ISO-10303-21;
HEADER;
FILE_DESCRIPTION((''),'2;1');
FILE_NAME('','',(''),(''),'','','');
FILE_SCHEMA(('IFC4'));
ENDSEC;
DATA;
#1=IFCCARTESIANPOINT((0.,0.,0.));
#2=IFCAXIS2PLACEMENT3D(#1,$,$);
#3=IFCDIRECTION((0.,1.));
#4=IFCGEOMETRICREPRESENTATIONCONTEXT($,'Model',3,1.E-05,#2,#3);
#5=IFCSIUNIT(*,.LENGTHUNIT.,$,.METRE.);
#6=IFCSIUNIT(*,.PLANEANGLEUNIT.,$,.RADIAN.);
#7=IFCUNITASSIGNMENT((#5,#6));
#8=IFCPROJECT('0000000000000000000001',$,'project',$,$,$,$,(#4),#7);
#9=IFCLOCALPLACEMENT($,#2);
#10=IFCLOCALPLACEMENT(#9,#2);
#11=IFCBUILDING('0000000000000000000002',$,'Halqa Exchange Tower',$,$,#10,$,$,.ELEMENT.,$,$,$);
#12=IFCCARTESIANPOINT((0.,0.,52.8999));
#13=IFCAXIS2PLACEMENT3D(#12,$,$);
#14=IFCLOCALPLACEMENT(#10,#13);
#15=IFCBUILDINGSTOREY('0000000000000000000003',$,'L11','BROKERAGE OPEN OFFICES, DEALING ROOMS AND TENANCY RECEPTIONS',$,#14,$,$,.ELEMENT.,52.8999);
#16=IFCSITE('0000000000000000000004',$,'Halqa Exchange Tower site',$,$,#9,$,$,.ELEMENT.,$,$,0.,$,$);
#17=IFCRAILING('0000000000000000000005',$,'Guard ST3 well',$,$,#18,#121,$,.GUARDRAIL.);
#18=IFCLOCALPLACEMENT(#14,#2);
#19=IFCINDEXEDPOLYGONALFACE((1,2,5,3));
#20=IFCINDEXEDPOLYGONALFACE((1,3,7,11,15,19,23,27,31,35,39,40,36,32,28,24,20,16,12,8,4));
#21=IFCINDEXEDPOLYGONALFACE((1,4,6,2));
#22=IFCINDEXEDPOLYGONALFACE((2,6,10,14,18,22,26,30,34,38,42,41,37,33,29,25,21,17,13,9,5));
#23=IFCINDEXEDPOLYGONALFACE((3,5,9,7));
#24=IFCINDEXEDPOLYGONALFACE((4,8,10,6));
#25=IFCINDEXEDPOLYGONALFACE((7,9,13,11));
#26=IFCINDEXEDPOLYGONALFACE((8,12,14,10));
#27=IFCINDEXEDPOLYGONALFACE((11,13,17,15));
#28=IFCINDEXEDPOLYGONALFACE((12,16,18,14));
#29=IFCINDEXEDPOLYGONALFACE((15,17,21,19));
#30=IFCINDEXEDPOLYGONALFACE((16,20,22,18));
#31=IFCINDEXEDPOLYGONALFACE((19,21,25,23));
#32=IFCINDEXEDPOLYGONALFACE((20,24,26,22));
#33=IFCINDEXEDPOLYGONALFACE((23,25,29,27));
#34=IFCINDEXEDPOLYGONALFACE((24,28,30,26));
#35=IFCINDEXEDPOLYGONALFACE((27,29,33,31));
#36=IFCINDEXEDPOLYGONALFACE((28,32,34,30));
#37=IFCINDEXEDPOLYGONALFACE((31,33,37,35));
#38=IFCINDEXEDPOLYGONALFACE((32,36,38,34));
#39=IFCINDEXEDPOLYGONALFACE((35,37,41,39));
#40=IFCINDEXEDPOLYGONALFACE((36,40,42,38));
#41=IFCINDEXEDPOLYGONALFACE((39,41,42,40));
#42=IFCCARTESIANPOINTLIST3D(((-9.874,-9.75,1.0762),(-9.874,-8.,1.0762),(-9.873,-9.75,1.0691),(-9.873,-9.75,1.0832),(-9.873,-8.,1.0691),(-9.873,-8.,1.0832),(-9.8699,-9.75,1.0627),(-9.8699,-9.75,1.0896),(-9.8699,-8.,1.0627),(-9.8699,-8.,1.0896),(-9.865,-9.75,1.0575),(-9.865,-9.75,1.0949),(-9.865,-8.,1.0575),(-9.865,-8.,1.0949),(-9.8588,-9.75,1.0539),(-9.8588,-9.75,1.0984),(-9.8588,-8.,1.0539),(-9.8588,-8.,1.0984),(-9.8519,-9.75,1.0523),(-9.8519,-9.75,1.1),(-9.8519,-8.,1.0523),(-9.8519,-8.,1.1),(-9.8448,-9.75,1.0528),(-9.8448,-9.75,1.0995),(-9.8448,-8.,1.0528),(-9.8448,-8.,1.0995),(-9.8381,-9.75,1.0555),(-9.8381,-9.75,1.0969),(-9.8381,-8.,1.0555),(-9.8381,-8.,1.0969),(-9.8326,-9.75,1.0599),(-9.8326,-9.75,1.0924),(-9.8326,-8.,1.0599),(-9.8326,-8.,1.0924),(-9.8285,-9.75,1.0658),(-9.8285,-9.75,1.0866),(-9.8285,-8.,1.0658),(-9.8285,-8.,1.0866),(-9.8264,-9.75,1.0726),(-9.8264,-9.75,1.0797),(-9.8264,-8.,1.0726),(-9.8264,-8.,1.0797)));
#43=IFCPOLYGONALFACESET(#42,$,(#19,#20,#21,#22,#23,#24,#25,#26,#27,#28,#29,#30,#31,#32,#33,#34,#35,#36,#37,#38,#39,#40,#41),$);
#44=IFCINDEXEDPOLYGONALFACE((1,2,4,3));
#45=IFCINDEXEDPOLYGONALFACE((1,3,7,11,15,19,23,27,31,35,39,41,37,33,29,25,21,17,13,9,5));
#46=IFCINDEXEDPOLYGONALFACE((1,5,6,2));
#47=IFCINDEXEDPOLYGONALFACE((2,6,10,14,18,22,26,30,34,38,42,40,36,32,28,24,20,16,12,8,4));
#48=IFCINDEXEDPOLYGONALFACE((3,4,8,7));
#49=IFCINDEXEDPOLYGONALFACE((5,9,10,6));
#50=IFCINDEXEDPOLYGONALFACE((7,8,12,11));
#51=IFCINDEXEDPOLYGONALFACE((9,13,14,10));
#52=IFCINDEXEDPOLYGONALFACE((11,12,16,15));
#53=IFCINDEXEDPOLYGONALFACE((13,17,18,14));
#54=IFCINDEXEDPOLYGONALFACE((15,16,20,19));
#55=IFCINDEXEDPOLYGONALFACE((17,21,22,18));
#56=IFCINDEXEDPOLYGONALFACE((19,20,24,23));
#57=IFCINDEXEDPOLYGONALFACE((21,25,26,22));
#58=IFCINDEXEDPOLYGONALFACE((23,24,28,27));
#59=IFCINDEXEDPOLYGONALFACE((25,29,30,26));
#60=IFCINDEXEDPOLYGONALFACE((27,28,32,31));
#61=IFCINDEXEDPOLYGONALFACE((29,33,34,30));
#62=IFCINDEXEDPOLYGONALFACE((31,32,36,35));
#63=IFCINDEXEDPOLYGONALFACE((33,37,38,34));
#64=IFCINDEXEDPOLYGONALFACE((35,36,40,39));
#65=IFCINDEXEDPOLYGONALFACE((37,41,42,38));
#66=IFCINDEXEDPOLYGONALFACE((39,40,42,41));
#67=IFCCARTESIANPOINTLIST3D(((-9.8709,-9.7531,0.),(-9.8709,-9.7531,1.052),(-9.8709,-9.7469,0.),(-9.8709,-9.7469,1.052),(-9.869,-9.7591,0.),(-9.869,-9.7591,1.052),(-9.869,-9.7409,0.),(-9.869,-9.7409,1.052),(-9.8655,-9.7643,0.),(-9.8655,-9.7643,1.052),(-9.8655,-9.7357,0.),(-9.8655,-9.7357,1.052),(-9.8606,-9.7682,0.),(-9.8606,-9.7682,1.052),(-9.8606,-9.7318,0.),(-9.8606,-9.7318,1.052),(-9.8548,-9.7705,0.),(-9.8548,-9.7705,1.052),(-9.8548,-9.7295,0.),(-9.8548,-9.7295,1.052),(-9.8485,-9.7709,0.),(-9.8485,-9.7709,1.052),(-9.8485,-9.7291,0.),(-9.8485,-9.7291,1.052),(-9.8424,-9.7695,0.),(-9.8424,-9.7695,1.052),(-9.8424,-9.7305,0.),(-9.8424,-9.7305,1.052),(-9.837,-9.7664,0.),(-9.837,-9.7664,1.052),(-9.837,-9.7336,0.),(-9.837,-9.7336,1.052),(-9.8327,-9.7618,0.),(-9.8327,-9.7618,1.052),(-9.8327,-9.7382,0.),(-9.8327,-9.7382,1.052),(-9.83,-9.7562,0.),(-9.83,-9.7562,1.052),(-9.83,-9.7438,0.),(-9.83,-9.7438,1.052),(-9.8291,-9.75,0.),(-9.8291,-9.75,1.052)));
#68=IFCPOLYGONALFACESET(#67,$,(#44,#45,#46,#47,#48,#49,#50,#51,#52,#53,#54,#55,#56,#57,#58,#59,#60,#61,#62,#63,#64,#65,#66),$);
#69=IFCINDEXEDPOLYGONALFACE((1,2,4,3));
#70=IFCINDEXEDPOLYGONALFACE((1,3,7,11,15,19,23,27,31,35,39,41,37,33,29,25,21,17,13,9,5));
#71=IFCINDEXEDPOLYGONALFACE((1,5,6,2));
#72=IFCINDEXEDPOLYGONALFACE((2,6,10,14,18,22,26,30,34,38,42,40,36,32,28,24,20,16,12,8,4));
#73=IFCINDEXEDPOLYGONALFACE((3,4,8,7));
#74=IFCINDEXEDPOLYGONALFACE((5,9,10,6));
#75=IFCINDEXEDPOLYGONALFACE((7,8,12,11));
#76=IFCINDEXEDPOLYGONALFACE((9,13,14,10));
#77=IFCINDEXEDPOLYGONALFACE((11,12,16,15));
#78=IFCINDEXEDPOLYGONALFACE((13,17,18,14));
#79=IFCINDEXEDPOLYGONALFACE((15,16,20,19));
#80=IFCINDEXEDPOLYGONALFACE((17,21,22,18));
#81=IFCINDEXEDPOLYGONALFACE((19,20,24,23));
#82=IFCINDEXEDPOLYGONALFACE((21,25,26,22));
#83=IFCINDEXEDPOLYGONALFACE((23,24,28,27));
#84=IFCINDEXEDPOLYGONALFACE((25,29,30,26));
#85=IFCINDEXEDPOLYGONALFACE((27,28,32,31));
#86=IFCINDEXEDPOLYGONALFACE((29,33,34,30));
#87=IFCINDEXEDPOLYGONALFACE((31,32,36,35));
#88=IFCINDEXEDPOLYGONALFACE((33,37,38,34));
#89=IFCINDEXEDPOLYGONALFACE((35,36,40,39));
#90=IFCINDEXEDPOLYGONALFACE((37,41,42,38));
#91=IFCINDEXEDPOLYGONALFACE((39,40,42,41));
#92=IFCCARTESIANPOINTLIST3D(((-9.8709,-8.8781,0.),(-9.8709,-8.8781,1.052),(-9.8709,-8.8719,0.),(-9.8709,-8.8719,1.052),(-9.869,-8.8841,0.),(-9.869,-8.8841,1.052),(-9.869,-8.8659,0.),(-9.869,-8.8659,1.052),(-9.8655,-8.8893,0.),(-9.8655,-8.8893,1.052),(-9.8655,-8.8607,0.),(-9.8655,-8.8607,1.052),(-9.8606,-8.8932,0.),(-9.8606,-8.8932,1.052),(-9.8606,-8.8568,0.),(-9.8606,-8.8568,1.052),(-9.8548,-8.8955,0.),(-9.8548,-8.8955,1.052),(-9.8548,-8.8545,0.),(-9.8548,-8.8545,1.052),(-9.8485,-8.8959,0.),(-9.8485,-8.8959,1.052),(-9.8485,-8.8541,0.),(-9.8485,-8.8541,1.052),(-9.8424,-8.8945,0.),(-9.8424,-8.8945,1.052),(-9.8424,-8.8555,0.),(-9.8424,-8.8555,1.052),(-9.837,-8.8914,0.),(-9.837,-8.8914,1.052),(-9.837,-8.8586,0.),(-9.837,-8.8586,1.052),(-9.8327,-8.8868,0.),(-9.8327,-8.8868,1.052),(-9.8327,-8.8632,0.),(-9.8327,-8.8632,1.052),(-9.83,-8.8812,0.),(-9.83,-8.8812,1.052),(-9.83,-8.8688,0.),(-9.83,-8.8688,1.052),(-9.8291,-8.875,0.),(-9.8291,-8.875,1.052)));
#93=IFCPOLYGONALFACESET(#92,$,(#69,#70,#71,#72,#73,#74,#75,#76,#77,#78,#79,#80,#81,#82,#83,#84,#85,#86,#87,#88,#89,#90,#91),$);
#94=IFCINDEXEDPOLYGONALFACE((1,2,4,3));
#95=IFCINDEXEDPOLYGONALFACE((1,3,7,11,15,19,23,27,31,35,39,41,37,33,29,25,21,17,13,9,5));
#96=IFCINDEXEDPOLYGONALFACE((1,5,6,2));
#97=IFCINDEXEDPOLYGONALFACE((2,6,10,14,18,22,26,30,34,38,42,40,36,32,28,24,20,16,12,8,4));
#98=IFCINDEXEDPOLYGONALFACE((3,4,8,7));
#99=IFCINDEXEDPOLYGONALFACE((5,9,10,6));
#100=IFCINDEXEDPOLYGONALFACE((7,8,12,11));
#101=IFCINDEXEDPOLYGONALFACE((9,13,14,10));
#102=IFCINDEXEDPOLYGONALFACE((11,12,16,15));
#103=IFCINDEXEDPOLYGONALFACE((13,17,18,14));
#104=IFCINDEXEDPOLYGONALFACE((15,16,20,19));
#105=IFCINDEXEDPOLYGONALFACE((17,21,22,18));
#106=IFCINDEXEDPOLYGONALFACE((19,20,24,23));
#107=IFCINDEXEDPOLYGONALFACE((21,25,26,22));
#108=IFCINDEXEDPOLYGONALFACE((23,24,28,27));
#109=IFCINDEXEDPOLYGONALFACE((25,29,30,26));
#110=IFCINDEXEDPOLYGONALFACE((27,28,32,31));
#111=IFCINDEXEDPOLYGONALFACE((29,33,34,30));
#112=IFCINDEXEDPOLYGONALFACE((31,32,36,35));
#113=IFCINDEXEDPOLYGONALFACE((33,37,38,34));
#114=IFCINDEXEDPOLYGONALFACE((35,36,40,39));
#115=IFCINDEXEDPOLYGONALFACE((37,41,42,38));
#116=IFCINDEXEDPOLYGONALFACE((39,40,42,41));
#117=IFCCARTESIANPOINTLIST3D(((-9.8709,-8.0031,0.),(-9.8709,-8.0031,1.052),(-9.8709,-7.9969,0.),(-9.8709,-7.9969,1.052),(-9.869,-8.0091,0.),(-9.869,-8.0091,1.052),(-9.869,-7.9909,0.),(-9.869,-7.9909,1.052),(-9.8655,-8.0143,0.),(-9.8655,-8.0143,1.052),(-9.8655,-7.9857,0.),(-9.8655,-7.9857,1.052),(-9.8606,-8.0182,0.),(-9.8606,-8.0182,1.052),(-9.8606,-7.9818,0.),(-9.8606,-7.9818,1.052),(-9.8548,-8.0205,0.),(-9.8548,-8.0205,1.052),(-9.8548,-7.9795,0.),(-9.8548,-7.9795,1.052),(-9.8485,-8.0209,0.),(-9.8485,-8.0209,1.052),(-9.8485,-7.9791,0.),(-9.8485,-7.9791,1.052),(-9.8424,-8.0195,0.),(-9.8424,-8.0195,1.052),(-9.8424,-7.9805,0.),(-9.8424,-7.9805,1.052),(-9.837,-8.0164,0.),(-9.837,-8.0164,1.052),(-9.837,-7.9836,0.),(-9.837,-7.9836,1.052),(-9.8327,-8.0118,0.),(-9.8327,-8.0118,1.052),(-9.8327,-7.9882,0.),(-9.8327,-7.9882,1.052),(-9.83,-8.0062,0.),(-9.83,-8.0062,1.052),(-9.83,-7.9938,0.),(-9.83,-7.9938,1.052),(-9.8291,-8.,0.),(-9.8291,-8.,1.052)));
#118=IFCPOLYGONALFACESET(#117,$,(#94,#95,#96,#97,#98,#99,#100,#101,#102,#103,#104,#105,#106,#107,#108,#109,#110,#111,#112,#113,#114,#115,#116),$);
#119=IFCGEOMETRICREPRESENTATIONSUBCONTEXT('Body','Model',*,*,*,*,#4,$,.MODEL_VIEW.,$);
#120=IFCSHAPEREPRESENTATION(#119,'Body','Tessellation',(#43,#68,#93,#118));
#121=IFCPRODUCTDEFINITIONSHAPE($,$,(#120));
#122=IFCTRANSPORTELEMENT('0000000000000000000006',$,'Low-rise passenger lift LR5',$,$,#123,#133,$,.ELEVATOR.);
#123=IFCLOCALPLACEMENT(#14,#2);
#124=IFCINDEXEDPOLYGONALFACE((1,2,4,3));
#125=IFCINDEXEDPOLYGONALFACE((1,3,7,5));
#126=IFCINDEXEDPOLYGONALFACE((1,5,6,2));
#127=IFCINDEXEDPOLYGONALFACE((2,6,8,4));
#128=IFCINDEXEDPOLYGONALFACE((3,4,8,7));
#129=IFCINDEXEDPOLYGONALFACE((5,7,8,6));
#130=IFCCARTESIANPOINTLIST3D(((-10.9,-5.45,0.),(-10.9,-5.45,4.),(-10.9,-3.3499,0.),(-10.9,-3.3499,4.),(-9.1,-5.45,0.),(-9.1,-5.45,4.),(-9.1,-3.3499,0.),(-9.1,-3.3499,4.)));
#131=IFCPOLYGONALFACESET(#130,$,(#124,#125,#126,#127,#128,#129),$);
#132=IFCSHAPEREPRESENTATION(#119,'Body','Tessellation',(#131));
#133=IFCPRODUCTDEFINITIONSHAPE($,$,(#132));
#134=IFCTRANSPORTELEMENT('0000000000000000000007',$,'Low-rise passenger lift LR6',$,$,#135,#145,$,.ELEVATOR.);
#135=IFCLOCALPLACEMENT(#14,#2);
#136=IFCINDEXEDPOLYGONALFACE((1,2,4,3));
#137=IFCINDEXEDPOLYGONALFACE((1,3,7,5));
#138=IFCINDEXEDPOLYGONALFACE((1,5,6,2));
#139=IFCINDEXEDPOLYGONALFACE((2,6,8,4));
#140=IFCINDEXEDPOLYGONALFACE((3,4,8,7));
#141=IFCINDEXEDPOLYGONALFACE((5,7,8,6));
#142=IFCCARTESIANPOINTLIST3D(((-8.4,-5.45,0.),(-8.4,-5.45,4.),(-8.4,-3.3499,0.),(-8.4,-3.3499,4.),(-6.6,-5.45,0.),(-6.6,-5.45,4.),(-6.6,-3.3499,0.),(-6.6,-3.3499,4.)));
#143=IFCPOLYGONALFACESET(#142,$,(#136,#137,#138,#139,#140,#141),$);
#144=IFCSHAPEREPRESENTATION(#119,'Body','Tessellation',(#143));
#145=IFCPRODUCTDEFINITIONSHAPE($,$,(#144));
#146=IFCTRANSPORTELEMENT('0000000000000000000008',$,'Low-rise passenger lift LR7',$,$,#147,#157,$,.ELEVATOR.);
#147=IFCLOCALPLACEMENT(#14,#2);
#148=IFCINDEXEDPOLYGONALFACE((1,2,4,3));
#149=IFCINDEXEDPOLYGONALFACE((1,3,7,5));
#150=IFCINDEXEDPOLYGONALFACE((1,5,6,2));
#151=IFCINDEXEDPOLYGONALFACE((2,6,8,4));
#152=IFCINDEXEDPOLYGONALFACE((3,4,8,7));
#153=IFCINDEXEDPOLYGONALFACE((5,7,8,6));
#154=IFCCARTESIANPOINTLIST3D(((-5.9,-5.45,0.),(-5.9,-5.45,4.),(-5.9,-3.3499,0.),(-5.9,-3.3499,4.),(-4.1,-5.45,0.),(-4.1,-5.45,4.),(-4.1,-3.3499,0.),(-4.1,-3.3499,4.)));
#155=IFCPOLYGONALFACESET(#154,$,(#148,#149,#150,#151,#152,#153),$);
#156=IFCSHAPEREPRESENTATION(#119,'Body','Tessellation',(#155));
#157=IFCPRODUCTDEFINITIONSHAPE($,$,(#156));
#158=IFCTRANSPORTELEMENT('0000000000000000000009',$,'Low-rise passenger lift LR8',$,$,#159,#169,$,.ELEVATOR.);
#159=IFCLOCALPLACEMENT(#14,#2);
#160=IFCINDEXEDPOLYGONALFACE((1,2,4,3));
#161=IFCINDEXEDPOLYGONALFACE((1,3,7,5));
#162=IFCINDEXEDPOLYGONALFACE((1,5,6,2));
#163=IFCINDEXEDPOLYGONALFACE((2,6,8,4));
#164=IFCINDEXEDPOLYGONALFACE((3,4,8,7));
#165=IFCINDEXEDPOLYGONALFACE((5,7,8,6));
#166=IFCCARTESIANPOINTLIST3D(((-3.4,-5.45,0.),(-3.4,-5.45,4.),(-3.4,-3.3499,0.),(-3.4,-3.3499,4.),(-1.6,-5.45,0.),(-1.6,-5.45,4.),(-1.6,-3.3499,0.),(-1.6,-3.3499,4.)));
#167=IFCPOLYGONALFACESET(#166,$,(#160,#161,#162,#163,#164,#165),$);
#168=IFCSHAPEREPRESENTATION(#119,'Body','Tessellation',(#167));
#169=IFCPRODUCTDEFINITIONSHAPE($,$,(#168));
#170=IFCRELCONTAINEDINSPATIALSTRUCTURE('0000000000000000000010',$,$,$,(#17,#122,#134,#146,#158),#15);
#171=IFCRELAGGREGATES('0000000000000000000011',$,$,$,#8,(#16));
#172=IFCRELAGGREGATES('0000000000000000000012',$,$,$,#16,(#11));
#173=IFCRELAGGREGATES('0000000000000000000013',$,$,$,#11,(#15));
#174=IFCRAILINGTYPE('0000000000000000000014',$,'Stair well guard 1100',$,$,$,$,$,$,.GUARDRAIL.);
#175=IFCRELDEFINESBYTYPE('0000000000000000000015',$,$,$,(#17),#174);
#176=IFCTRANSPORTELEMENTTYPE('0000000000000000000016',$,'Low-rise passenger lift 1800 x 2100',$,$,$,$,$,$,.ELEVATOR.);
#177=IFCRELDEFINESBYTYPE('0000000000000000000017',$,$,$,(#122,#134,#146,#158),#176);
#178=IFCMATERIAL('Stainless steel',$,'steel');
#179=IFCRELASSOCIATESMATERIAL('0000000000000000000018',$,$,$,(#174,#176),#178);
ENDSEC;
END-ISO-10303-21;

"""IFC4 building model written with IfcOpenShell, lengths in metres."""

from ifc_helpers import new_model, si_unit, direction, frame, origin, origin_2d, place, context, subcontext, project, spatial, rectangle, circle, extrude, material, type_object, element, save


model = new_model("IFC4")

# Units and contexts
model_context = context("Model", 3, precision=1e-05, world=origin(), true_north=direction((0.0, 1.0)))
body_context = subcontext(model_context, "Body", "Model", "MODEL_VIEW")
ifc_project = project(units=[si_unit("LENGTHUNIT", "METRE"), si_unit("PLANEANGLEUNIT", "RADIAN")], contexts=[model_context])

# Site, building, storey
site_placement = place(None, origin())
site = spatial("IfcSite", under=ifc_project, at=site_placement, Name="Halqa Exchange Tower site", CompositionType="ELEMENT", RefElevation=0.0)
building_placement = place(site_placement, origin())
building = spatial("IfcBuilding", under=site, at=building_placement, Name="Halqa Exchange Tower", CompositionType="ELEMENT")
storey_placement = place(building_placement, frame((0.0, 0.0, 52.8999)))
storey = spatial("IfcBuildingStorey", under=building, at=storey_placement, Name="L11", Description="BROKERAGE OPEN OFFICES, DEALING ROOMS AND TENANCY RECEPTIONS", CompositionType="ELEMENT", Elevation=52.8999)

# Shared definitions
ifc_material_1 = material(Name="Stainless steel", Category="steel")

# Railing
railing_type_1 = type_object("IfcRailingType", Name="Stair well guard 1100", PredefinedType="GUARDRAIL", material=ifc_material_1)
railing_1_placement = place(storey_placement, frame((-9.8501, -9.75, 0.0)))
element("IfcRailing", 1, at=railing_1_placement, inside=storey, type_object=railing_type_1, Name="Guard ST3 well", PredefinedType="GUARDRAIL", context=body_context, shape_type="SweptSolid", body=[
    extrude(circle(Radius=0.0239, at=origin_2d()), frame((0.0, 0.0, 1.0762), z_axis=(0.0, 1.0, 0.0), x_axis=(-1.0, 0.0, 0.0)), (0.0, 0.0, 1.0), 1.75),
    extrude(circle(Radius=0.021, at=origin_2d()), origin(), (0.0, 0.0, 1.0), 1.052),
    extrude(circle(Radius=0.021, at=origin_2d()), frame((0.0, 0.875, 0.0)), (0.0, 0.0, 1.0), 1.052),
    extrude(circle(Radius=0.021, at=origin_2d()), frame((0.0, 1.75, 0.0)), (0.0, 0.0, 1.0), 1.052),
])

# Transport elements
transport_element_type = type_object("IfcTransportElementType", Name="Low-rise passenger lift 1800 x 2100", PredefinedType="ELEVATOR", material=ifc_material_1)
for number, where, z_axis, x_axis, name in (
    (2, (-10.0, -4.3999, 0.0), (0.0, 0.0, 1.0), (1.0, 0.0, 0.0), "Low-rise passenger lift LR5"),
    (3, (-7.5, -4.3999, 0.0), (0.0, 0.0, 1.0), (1.0, 0.0, 0.0), "Low-rise passenger lift LR6"),
    (4, (-5.0, -4.3999, 0.0), (0.0, 0.0, 1.0), (1.0, 0.0, 0.0), "Low-rise passenger lift LR7"),
    (5, (-2.5, -4.3999, 0.0), (0.0, 0.0, 1.0), (1.0, 0.0, 0.0), "Low-rise passenger lift LR8"),
):
    element("IfcTransportElement", number, at=place(storey_placement, frame(where, z_axis=z_axis, x_axis=x_axis)), inside=storey, type_object=transport_element_type, Name=name, PredefinedType="ELEVATOR", context=body_context, shape_type="SweptSolid", body=[
        extrude(rectangle(XDim=1.8, YDim=2.1001, at=origin_2d()), origin(), (0.0, 0.0, 1.0), 4.0),
    ])

save(model, "model.ifc")
